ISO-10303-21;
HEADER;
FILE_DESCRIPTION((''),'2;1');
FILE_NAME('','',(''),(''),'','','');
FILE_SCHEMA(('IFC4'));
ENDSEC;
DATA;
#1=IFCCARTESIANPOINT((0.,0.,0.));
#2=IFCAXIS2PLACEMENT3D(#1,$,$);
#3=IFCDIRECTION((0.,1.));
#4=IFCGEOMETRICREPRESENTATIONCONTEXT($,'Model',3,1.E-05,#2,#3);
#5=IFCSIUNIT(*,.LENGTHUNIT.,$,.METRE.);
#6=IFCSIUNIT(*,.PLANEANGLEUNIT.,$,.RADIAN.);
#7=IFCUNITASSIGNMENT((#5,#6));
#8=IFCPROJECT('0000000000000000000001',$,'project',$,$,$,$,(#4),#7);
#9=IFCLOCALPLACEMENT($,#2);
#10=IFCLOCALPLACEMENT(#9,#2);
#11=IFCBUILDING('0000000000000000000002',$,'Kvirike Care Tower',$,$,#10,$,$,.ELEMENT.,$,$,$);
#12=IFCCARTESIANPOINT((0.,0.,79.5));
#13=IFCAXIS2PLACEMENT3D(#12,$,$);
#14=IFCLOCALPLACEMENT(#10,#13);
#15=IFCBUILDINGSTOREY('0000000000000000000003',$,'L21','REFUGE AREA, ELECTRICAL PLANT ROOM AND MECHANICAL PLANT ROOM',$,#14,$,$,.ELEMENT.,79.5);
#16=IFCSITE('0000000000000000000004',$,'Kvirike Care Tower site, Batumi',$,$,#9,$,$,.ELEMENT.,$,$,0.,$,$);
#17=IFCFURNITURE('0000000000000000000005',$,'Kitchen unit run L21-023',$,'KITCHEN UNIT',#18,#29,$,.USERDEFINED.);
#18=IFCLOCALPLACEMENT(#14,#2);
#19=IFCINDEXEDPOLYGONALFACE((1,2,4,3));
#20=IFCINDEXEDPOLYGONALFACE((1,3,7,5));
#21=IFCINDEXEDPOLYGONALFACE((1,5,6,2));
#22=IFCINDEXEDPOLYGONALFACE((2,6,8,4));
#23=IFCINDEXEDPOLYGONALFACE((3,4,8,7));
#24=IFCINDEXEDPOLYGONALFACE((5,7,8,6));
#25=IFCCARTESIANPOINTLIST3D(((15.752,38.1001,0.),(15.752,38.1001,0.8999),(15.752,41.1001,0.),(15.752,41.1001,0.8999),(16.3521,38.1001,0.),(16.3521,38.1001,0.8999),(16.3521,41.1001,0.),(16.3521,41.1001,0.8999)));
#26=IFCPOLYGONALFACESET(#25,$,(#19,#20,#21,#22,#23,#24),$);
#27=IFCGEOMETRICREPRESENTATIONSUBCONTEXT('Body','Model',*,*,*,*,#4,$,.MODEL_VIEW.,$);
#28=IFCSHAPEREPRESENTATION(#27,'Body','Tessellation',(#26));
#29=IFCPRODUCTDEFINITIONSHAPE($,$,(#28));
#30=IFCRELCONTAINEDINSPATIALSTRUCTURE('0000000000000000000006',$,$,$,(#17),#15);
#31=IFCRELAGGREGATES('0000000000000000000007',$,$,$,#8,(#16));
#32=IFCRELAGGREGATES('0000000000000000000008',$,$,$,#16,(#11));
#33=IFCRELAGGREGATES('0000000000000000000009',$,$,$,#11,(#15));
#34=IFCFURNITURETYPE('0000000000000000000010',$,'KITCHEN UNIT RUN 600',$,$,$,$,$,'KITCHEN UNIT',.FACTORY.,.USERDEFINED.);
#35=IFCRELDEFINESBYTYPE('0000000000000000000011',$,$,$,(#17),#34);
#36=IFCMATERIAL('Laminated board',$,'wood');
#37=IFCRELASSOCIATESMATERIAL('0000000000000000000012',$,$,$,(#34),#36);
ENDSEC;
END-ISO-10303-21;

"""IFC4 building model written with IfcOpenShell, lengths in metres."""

from ifc_helpers import new_model, si_unit, direction, frame, origin, origin_2d, place, context, subcontext, project, spatial, rectangle, extrude, material, type_object, element, save


model = new_model("IFC4")

# Units and contexts
model_context = context("Model", 3, precision=1e-05, world=origin(), true_north=direction((0.0, 1.0)))
body_context = subcontext(model_context, "Body", "Model", "MODEL_VIEW")
ifc_project = project(units=[si_unit("LENGTHUNIT", "METRE"), si_unit("PLANEANGLEUNIT", "RADIAN")], contexts=[model_context])

# Site, building, storey
site_placement = place(None, origin())
site = spatial("IfcSite", under=ifc_project, at=site_placement, Name="Kvirike Care Tower site, Batumi", CompositionType="ELEMENT", RefElevation=0.0)
building_placement = place(site_placement, origin())
building = spatial("IfcBuilding", under=site, at=building_placement, Name="Kvirike Care Tower", CompositionType="ELEMENT")
storey_placement = place(building_placement, frame((0.0, 0.0, 79.5)))
storey = spatial("IfcBuildingStorey", under=building, at=storey_placement, Name="L21", Description="REFUGE AREA, ELECTRICAL PLANT ROOM AND MECHANICAL PLANT ROOM", CompositionType="ELEMENT", Elevation=79.5)

# Furniture
ifc_material_1 = material(Name="Laminated board", Category="wood")
furniture_type = type_object("IfcFurnitureType", Name="KITCHEN UNIT RUN 600", ElementType="KITCHEN UNIT", AssemblyPlace="FACTORY", PredefinedType="USERDEFINED", material=ifc_material_1)
furniture_placement = place(storey_placement, frame((16.052, 39.6001, 0.0), z_axis=(0.0, 0.0, 1.0), x_axis=(0.0, 1.0, 0.0)))
element("IfcFurniture", 1, at=furniture_placement, inside=storey, type_object=furniture_type, Name="Kitchen unit run L21-023", ObjectType="KITCHEN UNIT", PredefinedType="USERDEFINED", context=body_context, shape_type="SweptSolid", body=[
    extrude(rectangle(XDim=3.0, YDim=0.6001, at=origin_2d()), origin(), (0.0, 0.0, 1.0), 0.8999),
])

save(model, "model.ifc")
